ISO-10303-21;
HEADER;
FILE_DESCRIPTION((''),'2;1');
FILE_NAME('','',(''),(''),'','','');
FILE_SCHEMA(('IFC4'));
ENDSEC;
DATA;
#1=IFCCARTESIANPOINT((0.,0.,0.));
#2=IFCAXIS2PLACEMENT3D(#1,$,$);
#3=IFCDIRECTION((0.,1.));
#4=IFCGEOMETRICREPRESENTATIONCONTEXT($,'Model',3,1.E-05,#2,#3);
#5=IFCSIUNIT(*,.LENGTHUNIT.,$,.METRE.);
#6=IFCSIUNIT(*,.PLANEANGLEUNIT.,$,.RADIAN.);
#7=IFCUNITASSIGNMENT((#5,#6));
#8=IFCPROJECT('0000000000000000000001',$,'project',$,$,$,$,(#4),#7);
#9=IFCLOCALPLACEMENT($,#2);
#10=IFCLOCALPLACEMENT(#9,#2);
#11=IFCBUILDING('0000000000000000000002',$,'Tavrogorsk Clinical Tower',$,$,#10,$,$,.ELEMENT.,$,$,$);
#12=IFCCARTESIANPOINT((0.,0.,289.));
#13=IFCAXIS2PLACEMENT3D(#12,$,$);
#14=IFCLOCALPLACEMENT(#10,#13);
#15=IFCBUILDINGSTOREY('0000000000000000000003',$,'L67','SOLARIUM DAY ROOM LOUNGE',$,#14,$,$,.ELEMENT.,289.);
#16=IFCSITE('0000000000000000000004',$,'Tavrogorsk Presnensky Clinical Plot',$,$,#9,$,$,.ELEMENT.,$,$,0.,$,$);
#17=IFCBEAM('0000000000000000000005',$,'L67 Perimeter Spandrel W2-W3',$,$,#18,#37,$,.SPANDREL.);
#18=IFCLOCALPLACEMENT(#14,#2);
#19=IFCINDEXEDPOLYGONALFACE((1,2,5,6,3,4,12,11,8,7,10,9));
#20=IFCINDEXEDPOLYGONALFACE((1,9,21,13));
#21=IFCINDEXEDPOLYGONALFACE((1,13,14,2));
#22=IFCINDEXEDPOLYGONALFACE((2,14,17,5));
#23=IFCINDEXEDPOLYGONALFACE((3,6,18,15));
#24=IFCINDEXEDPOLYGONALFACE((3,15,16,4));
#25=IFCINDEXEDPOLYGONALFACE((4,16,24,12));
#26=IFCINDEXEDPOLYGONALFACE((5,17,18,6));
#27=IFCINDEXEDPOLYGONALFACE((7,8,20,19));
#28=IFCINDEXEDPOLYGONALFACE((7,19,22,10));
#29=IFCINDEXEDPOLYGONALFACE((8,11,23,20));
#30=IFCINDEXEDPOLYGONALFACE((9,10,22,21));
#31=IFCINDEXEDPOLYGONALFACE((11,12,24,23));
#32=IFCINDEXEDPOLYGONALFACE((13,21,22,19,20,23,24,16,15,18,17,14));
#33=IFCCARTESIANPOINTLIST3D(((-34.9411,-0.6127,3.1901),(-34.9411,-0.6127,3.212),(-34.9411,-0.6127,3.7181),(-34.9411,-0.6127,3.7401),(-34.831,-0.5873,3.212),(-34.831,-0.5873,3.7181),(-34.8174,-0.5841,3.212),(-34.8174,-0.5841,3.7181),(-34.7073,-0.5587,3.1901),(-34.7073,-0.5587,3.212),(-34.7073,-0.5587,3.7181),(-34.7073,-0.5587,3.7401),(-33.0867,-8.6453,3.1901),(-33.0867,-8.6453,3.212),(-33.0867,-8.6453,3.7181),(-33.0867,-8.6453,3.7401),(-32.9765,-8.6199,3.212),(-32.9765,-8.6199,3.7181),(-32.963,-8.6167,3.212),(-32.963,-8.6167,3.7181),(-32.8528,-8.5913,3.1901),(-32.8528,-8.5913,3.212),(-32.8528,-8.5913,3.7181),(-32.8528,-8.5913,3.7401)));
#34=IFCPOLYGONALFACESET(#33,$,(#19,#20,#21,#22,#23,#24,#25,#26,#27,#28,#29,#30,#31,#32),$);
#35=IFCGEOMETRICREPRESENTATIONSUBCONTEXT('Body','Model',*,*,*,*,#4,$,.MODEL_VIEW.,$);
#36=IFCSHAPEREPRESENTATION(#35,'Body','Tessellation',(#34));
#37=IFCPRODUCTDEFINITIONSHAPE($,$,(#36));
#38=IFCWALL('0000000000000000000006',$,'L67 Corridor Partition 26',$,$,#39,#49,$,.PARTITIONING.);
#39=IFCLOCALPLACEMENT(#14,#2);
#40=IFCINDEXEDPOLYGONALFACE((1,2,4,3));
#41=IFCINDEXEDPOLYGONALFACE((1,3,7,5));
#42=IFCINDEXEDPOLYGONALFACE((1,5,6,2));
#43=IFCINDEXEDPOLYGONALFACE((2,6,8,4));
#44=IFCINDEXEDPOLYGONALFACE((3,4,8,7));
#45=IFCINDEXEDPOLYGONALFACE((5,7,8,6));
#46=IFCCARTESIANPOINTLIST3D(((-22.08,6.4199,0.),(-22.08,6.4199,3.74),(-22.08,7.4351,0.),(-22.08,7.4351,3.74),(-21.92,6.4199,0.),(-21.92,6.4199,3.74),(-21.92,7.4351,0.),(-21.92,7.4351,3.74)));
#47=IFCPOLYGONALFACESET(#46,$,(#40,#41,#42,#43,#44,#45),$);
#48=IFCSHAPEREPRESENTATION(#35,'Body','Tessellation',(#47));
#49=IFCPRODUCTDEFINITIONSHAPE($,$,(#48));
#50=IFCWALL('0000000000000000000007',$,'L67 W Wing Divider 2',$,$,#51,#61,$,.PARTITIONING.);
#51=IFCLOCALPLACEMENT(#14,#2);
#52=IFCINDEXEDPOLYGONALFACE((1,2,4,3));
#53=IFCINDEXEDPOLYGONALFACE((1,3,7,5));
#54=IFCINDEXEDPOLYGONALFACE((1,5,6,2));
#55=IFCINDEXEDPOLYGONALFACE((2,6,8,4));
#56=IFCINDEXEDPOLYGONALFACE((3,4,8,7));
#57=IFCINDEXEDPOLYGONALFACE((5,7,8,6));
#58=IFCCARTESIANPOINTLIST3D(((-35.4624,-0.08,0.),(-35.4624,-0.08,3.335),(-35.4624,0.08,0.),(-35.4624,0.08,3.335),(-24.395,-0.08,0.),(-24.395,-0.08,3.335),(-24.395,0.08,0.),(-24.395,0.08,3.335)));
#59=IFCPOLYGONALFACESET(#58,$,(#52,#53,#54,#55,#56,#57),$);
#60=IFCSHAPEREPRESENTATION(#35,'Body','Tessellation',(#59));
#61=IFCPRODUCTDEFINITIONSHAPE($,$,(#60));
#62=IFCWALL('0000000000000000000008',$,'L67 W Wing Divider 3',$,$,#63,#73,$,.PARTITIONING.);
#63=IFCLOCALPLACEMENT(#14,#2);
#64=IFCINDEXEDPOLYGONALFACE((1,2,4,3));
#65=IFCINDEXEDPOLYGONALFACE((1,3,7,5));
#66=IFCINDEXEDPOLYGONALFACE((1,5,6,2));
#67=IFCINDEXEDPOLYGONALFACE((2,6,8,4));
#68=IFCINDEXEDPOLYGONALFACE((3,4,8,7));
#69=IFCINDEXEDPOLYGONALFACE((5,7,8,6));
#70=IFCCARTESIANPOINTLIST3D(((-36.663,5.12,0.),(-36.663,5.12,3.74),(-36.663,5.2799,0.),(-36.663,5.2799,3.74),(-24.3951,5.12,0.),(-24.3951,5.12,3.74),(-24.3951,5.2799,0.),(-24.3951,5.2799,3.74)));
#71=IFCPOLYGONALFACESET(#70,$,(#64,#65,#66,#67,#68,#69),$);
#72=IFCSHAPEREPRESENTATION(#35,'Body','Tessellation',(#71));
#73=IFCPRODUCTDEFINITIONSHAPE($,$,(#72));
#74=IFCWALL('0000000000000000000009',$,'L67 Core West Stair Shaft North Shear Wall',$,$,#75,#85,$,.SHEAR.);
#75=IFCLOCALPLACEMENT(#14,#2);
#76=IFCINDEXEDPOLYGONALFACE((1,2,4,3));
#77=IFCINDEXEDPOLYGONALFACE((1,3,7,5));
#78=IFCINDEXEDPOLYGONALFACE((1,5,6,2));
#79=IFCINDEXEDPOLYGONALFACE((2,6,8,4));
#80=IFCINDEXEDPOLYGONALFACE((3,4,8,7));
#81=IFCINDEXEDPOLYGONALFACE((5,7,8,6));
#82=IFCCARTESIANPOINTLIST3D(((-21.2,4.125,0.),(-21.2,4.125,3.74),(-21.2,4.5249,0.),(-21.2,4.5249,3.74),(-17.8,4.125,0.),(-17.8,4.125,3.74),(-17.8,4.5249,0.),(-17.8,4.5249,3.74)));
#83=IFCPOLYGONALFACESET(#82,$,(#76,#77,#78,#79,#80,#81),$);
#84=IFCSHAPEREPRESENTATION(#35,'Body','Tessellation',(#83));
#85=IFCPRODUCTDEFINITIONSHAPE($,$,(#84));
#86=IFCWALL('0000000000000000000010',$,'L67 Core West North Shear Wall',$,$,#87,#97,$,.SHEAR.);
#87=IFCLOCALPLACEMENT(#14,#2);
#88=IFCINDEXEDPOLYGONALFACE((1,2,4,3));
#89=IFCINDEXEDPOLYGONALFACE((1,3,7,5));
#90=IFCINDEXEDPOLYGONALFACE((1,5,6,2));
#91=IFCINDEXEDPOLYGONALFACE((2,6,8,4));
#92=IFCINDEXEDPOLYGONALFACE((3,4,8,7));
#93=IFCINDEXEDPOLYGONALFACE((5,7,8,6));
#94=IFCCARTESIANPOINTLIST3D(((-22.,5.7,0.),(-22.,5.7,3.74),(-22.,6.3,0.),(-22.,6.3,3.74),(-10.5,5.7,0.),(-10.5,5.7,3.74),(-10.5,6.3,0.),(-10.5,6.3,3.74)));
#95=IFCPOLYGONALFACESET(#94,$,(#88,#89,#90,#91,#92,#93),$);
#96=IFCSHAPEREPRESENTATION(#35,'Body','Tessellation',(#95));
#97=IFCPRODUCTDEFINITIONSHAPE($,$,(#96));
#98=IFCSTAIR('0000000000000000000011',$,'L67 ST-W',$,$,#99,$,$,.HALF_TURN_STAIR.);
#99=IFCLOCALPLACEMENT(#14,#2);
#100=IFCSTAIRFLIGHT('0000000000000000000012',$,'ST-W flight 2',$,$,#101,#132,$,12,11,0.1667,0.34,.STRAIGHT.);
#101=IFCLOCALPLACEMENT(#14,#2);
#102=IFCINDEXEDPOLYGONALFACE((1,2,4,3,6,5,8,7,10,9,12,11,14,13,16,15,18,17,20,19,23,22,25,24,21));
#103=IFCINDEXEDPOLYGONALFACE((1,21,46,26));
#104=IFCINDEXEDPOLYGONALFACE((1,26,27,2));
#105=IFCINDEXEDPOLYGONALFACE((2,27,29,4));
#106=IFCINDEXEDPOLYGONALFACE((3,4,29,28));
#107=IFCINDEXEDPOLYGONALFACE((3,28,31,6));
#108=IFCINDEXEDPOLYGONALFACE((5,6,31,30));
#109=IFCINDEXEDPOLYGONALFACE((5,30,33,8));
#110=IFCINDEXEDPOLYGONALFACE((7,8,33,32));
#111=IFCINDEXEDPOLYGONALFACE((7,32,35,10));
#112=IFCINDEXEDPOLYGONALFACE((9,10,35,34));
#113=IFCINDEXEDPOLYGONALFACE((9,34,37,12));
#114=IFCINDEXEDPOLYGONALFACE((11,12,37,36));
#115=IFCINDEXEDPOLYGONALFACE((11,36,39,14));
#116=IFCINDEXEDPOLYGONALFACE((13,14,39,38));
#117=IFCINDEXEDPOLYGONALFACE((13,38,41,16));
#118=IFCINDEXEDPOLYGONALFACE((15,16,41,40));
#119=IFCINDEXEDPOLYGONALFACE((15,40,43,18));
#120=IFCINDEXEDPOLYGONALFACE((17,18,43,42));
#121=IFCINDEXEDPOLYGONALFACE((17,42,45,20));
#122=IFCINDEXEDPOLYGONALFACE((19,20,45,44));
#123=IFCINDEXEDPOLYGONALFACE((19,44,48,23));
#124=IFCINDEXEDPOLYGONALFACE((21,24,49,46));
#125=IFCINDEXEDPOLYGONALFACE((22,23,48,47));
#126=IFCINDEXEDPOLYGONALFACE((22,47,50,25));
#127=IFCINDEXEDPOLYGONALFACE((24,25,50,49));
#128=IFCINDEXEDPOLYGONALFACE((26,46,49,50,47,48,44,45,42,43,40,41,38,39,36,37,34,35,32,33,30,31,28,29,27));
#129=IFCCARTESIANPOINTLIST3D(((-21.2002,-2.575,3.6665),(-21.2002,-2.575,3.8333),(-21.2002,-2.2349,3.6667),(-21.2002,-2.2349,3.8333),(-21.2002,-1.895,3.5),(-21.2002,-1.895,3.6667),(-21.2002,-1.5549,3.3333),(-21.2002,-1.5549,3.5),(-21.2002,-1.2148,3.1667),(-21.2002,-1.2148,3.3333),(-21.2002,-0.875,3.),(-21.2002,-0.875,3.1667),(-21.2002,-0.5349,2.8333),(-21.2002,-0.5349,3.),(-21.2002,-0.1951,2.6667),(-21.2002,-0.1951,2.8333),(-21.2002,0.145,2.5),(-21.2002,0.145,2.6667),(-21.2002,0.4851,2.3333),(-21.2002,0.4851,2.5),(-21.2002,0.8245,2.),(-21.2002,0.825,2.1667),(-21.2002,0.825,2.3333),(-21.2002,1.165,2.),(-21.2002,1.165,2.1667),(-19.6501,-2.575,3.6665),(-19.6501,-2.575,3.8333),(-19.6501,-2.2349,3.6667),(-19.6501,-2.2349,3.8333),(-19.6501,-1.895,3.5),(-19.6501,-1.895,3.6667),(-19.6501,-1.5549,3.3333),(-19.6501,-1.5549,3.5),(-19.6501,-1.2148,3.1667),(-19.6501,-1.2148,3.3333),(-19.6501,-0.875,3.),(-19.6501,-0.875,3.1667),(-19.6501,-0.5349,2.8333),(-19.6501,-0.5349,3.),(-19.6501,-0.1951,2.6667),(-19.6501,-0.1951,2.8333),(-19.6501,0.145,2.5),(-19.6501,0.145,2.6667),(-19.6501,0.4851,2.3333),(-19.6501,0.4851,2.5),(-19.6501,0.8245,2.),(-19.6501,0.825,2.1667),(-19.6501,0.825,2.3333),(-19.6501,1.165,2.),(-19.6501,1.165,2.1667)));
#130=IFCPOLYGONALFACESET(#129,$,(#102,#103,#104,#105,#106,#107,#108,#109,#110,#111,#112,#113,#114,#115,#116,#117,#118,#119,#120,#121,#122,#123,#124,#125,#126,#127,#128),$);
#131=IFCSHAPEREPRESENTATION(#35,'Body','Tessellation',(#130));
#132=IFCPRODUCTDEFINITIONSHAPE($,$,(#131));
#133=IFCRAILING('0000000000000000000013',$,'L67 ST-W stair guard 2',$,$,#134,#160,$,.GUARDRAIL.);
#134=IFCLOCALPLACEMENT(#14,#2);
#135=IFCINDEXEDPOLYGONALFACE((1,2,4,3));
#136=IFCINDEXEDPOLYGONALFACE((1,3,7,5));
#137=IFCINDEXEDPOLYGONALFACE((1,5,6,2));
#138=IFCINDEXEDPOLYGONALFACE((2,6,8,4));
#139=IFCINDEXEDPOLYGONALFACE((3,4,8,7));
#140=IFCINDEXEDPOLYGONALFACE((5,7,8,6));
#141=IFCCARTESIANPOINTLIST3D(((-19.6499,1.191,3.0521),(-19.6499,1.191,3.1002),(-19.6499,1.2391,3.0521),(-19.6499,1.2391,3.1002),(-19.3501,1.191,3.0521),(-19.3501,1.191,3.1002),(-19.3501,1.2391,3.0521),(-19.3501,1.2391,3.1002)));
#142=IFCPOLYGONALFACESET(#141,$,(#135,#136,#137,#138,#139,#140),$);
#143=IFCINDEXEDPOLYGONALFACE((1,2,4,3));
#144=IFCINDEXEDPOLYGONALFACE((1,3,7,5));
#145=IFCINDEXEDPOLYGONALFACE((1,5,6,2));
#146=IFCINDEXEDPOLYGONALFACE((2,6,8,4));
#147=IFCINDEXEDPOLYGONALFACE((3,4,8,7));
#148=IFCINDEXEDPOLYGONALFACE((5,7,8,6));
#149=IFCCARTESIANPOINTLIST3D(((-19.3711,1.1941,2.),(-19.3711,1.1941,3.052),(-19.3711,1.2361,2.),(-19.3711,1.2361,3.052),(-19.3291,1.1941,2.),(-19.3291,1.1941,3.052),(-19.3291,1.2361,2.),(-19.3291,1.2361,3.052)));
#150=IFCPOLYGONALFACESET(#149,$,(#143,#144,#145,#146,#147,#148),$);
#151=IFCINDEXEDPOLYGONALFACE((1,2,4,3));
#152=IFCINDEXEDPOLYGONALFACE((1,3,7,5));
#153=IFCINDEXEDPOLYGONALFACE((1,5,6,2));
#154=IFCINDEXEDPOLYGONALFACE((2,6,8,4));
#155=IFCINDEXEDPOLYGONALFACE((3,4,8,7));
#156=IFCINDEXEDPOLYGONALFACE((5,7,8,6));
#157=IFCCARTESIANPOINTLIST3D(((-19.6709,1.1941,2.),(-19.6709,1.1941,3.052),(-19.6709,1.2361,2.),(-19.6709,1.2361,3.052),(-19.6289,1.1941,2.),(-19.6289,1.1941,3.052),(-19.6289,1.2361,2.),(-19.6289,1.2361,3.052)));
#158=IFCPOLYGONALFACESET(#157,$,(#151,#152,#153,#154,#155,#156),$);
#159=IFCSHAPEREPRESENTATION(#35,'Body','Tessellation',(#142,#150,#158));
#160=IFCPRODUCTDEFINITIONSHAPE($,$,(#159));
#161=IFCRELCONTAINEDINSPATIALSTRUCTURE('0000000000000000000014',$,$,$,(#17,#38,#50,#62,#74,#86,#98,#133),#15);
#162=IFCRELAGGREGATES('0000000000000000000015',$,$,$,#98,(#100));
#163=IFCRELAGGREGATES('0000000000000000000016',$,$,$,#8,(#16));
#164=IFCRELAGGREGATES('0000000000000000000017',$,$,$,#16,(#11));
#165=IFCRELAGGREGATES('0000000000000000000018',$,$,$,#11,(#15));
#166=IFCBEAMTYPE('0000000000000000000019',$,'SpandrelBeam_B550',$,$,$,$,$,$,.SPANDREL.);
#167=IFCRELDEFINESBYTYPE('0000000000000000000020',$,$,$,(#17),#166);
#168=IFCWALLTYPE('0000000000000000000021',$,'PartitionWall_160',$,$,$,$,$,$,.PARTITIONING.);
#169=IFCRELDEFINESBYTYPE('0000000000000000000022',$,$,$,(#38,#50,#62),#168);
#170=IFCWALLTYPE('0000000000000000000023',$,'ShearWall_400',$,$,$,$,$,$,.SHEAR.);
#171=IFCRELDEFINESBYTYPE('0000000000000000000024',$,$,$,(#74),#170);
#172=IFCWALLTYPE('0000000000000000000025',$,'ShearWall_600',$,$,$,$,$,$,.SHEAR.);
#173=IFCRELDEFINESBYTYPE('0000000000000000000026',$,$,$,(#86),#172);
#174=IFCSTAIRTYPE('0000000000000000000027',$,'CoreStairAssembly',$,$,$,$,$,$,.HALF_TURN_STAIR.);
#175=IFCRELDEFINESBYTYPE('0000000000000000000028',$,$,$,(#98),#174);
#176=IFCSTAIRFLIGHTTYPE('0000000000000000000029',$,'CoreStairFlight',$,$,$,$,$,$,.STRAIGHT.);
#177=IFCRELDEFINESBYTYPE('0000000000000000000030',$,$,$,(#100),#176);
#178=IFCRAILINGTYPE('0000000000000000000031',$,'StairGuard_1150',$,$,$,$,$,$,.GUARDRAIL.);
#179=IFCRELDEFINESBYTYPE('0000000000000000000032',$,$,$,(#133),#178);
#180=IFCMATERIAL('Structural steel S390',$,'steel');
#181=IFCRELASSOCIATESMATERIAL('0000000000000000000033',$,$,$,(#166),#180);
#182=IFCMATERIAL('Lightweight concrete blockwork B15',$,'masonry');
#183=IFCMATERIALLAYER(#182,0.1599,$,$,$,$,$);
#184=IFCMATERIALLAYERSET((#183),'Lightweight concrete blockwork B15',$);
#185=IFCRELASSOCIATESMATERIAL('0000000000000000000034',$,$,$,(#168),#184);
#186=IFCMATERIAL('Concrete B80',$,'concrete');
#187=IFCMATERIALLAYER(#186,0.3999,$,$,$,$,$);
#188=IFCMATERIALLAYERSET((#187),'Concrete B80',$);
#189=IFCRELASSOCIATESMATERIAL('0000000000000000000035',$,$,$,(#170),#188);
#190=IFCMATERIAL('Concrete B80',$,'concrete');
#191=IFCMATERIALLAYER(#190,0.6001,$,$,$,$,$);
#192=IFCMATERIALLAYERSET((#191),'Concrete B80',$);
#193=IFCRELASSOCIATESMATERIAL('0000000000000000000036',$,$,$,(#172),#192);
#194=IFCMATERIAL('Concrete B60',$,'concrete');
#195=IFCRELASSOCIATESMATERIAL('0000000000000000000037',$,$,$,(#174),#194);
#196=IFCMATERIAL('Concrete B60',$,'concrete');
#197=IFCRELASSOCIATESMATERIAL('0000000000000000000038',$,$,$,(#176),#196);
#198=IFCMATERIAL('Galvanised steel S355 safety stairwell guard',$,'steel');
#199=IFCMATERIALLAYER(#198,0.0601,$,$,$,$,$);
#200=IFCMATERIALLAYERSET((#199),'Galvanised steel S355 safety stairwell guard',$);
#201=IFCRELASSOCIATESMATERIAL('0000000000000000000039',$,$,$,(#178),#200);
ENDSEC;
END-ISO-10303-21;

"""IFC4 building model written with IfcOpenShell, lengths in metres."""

from ifc_helpers import new_model, si_unit, direction, frame, frame_2d, origin, origin_2d, place, context, subcontext, project, spatial, polyline, rectangle, i_section, outline, extrude, material, layer, layer_set, material_profile, profile_set, type_object, element, aggregate, save


model = new_model("IFC4")

# Units and contexts
model_context = context("Model", 3, precision=1e-05, world=origin(), true_north=direction((0.0, 1.0)))
body_context = subcontext(model_context, "Body", "Model", "MODEL_VIEW")
ifc_project = project(units=[si_unit("LENGTHUNIT", "METRE"), si_unit("PLANEANGLEUNIT", "RADIAN")], contexts=[model_context])

# Site, building, storey
site_placement = place(None, origin())
site = spatial("IfcSite", under=ifc_project, at=site_placement, Name="Tavrogorsk Presnensky Clinical Plot", CompositionType="ELEMENT", RefElevation=0.0)
building_placement = place(site_placement, origin())
building = spatial("IfcBuilding", under=site, at=building_placement, Name="Tavrogorsk Clinical Tower", CompositionType="ELEMENT")
storey_placement = place(building_placement, frame((0.0, 0.0, 289.0)))
storey = spatial("IfcBuildingStorey", under=building, at=storey_placement, Name="L67", Description="SOLARIUM DAY ROOM LOUNGE", CompositionType="ELEMENT", Elevation=289.0)

# Beam
ifc_material_1 = material(Name="Structural steel S390", Category="steel")
ifc_material_profile_1 = material_profile(ifc_material_1, i_section(OverallWidth=0.24, OverallDepth=0.55, WebThickness=0.0139, FlangeThickness=0.022, at=origin_2d()), Name="B-550x240x14x22")
ifc_profile_set_1 = profile_set([ifc_material_profile_1], Name="Structural steel S390")
beam_type_1 = type_object("IfcBeamType", Name="SpandrelBeam_B550", PredefinedType="SPANDREL", material=ifc_profile_set_1)
beam_1_placement = place(storey_placement, frame((-34.8242, -0.5857, 3.4651), z_axis=(0.22495, -0.97437, 0.0), x_axis=(0.97437, 0.22495, 0.0)))
element("IfcBeam", 1, at=beam_1_placement, inside=storey, type_object=beam_type_1, Name="L67 Perimeter Spandrel W2-W3", PredefinedType="SPANDREL", context=body_context, shape_type="SweptSolid", body=[
    extrude(i_section(OverallWidth=0.24, OverallDepth=0.55, WebThickness=0.0139, FlangeThickness=0.022, at=origin_2d()), origin(), (0.0, 0.0, 1.0), 8.2439),
])

# Walls
ifc_material_2 = material(Name="Lightweight concrete blockwork B15", Category="masonry")
ifc_layer_1 = layer(ifc_material_2, 0.1599)
ifc_layer_set_1 = layer_set([ifc_layer_1], Name="Lightweight concrete blockwork B15")
wall_type_1 = type_object("IfcWallType", Name="PartitionWall_160", PredefinedType="PARTITIONING", material=ifc_layer_set_1)
wall_1_placement = place(storey_placement, frame((-22.0, 7.4351, 0.0), z_axis=(0.0, 0.0, 1.0), x_axis=(0.0, -1.0, 0.0)))
element("IfcWall", 2, at=wall_1_placement, inside=storey, type_object=wall_type_1, Name="L67 Corridor Partition 26", PredefinedType="PARTITIONING", context=body_context, shape_type="SweptSolid", body=[
    extrude(rectangle(XDim=1.0151, YDim=0.1599, at=frame_2d((0.5076, 0.0))), origin(), (0.0, 0.0, 1.0), 3.74),
])
wall_2_placement = place(storey_placement, frame((-35.4624, 0.0, 0.0), z_axis=(0.0, 0.0, 1.0), x_axis=(1.0, 0.0, 0.0)))
element("IfcWall", 3, at=wall_2_placement, inside=storey, type_object=wall_type_1, Name="L67 W Wing Divider 2", PredefinedType="PARTITIONING", context=body_context, shape_type="SweptSolid", body=[
    extrude(rectangle(XDim=11.0674, YDim=0.1599, at=frame_2d((5.5337, 0.0))), origin(), (0.0, 0.0, 1.0), 3.335),
])
wall_3_placement = place(storey_placement, frame((-36.6628, 5.2, 0.0), z_axis=(0.0, 0.0, 1.0), x_axis=(1.0, 0.0, 0.0)))
element("IfcWall", 4, at=wall_3_placement, inside=storey, type_object=wall_type_1, Name="L67 W Wing Divider 3", PredefinedType="PARTITIONING", context=body_context, shape_type="SweptSolid", body=[
    extrude(rectangle(XDim=12.2678, YDim=0.1599, at=frame_2d((6.1338, 0.0))), origin(), (0.0, 0.0, 1.0), 3.74),
])
ifc_material_3 = material(Name="Concrete B80", Category="concrete")
ifc_layer_2 = layer(ifc_material_3, 0.3999)
ifc_layer_set_2 = layer_set([ifc_layer_2], Name="Concrete B80")
wall_type_2 = type_object("IfcWallType", Name="ShearWall_400", PredefinedType="SHEAR", material=ifc_layer_set_2)
wall_4_placement = place(storey_placement, frame((-21.2, 4.325, 0.0), z_axis=(0.0, 0.0, 1.0), x_axis=(1.0, 0.0, 0.0)))
element("IfcWall", 5, at=wall_4_placement, inside=storey, type_object=wall_type_2, Name="L67 Core West Stair Shaft North Shear Wall", PredefinedType="SHEAR", context=body_context, shape_type="SweptSolid", body=[
    extrude(rectangle(XDim=3.3999, YDim=0.3999, at=frame_2d((1.7, 0.0))), origin(), (0.0, 0.0, 1.0), 3.74),
])
ifc_material_4 = material(Name="Concrete B80", Category="concrete")
ifc_layer_3 = layer(ifc_material_4, 0.6001)
ifc_layer_set_3 = layer_set([ifc_layer_3], Name="Concrete B80")
wall_type_3 = type_object("IfcWallType", Name="ShearWall_600", PredefinedType="SHEAR", material=ifc_layer_set_3)
wall_5_placement = place(storey_placement, frame((-22.0, 6.0, 0.0), z_axis=(0.0, 0.0, 1.0), x_axis=(1.0, 0.0, 0.0)))
element("IfcWall", 6, at=wall_5_placement, inside=storey, type_object=wall_type_3, Name="L67 Core West North Shear Wall", PredefinedType="SHEAR", context=body_context, shape_type="SweptSolid", body=[
    extrude(rectangle(XDim=11.5, YDim=0.6001, at=frame_2d((5.75, 0.0))), origin(), (0.0, 0.0, 1.0), 3.74),
])

# Stair, stair flight
ifc_material_5 = material(Name="Concrete B60", Category="concrete")
stair_type = type_object("IfcStairType", Name="CoreStairAssembly", PredefinedType="HALF_TURN_STAIR", material=ifc_material_5)
stair_placement = place(storey_placement, origin())
stair = element("IfcStair", 7, at=stair_placement, inside=storey, type_object=stair_type, Name="L67 ST-W", PredefinedType="HALF_TURN_STAIR")
ifc_material_6 = material(Name="Concrete B60", Category="concrete")
stair_flight_type = type_object("IfcStairFlightType", Name="CoreStairFlight", PredefinedType="STRAIGHT", material=ifc_material_6)
stair_flight_placement = place(storey_placement, frame((-20.425, 1.165, 2.0), z_axis=(0.0, 0.0, 1.0), x_axis=(0.0, -1.0, 0.0)))
stair_flight = element("IfcStairFlight", 8, at=stair_flight_placement, type_object=stair_flight_type, Name="ST-W flight 2", NumberOfRisers=12, NumberOfTreads=11, PredefinedType="STRAIGHT", RiserHeight=0.1667, TreadLength=0.34, context=body_context, shape_type="SweptSolid", body=[
    extrude(outline(polyline([(0.0, 0.0), (0.0, 0.1667), (0.3401, 0.1667), (0.3401, 0.3333), (0.6799, 0.3333), (0.6799, 0.5), (1.02, 0.5), (1.02, 0.6667), (1.3601, 0.6667), (1.3601, 0.8333), (1.7, 0.8333), (1.7, 1.0), (2.04, 1.0), (2.04, 1.1667), (2.3799, 1.1667), (2.3799, 1.3333), (2.72, 1.3333), (2.72, 1.5), (3.0601, 1.5), (3.0601, 1.6667), (3.3999, 1.6667), (3.3999, 1.8333), (3.74, 1.8333), (3.74, 2.0), (3.74, 1.6665), (0.3406, 0.0), (0.0, 0.0)])), frame((0.0, 0.7749, 0.0), z_axis=(0.0, -1.0, 0.0), x_axis=(1.0, 0.0, 0.0)), (0.0, 0.0, 1.0), 1.55),
])
aggregate(stair, [stair_flight])

# Railing
ifc_material_7 = material(Name="Galvanised steel S355 safety stairwell guard", Category="steel")
ifc_layer_4 = layer(ifc_material_7, 0.0601)
ifc_layer_set_4 = layer_set([ifc_layer_4], Name="Galvanised steel S355 safety stairwell guard")
railing_type_1 = type_object("IfcRailingType", Name="StairGuard_1150", PredefinedType="GUARDRAIL", material=ifc_layer_set_4)
railing_1_placement = place(storey_placement, frame((-19.3501, 1.2151, 2.0)))
element("IfcRailing", 9, at=railing_1_placement, inside=storey, type_object=railing_type_1, Name="L67 ST-W stair guard 2", PredefinedType="GUARDRAIL", context=body_context, shape_type="SweptSolid", body=[
    extrude(rectangle(XDim=0.0481, YDim=0.0481, at=origin_2d()), frame((0.0, 0.0, 1.0762), z_axis=(-1.0, 0.0, 0.0), x_axis=(0.0, -1.0, 0.0)), (0.0, 0.0, 1.0), 0.2998),
    extrude(rectangle(XDim=0.042, YDim=0.042, at=origin_2d()), origin(), (0.0, 0.0, 1.0), 1.052),
    extrude(rectangle(XDim=0.042, YDim=0.042, at=origin_2d()), frame((-0.2998, 0.0, 0.0)), (0.0, 0.0, 1.0), 1.052),
])

save(model, "model.ifc")
